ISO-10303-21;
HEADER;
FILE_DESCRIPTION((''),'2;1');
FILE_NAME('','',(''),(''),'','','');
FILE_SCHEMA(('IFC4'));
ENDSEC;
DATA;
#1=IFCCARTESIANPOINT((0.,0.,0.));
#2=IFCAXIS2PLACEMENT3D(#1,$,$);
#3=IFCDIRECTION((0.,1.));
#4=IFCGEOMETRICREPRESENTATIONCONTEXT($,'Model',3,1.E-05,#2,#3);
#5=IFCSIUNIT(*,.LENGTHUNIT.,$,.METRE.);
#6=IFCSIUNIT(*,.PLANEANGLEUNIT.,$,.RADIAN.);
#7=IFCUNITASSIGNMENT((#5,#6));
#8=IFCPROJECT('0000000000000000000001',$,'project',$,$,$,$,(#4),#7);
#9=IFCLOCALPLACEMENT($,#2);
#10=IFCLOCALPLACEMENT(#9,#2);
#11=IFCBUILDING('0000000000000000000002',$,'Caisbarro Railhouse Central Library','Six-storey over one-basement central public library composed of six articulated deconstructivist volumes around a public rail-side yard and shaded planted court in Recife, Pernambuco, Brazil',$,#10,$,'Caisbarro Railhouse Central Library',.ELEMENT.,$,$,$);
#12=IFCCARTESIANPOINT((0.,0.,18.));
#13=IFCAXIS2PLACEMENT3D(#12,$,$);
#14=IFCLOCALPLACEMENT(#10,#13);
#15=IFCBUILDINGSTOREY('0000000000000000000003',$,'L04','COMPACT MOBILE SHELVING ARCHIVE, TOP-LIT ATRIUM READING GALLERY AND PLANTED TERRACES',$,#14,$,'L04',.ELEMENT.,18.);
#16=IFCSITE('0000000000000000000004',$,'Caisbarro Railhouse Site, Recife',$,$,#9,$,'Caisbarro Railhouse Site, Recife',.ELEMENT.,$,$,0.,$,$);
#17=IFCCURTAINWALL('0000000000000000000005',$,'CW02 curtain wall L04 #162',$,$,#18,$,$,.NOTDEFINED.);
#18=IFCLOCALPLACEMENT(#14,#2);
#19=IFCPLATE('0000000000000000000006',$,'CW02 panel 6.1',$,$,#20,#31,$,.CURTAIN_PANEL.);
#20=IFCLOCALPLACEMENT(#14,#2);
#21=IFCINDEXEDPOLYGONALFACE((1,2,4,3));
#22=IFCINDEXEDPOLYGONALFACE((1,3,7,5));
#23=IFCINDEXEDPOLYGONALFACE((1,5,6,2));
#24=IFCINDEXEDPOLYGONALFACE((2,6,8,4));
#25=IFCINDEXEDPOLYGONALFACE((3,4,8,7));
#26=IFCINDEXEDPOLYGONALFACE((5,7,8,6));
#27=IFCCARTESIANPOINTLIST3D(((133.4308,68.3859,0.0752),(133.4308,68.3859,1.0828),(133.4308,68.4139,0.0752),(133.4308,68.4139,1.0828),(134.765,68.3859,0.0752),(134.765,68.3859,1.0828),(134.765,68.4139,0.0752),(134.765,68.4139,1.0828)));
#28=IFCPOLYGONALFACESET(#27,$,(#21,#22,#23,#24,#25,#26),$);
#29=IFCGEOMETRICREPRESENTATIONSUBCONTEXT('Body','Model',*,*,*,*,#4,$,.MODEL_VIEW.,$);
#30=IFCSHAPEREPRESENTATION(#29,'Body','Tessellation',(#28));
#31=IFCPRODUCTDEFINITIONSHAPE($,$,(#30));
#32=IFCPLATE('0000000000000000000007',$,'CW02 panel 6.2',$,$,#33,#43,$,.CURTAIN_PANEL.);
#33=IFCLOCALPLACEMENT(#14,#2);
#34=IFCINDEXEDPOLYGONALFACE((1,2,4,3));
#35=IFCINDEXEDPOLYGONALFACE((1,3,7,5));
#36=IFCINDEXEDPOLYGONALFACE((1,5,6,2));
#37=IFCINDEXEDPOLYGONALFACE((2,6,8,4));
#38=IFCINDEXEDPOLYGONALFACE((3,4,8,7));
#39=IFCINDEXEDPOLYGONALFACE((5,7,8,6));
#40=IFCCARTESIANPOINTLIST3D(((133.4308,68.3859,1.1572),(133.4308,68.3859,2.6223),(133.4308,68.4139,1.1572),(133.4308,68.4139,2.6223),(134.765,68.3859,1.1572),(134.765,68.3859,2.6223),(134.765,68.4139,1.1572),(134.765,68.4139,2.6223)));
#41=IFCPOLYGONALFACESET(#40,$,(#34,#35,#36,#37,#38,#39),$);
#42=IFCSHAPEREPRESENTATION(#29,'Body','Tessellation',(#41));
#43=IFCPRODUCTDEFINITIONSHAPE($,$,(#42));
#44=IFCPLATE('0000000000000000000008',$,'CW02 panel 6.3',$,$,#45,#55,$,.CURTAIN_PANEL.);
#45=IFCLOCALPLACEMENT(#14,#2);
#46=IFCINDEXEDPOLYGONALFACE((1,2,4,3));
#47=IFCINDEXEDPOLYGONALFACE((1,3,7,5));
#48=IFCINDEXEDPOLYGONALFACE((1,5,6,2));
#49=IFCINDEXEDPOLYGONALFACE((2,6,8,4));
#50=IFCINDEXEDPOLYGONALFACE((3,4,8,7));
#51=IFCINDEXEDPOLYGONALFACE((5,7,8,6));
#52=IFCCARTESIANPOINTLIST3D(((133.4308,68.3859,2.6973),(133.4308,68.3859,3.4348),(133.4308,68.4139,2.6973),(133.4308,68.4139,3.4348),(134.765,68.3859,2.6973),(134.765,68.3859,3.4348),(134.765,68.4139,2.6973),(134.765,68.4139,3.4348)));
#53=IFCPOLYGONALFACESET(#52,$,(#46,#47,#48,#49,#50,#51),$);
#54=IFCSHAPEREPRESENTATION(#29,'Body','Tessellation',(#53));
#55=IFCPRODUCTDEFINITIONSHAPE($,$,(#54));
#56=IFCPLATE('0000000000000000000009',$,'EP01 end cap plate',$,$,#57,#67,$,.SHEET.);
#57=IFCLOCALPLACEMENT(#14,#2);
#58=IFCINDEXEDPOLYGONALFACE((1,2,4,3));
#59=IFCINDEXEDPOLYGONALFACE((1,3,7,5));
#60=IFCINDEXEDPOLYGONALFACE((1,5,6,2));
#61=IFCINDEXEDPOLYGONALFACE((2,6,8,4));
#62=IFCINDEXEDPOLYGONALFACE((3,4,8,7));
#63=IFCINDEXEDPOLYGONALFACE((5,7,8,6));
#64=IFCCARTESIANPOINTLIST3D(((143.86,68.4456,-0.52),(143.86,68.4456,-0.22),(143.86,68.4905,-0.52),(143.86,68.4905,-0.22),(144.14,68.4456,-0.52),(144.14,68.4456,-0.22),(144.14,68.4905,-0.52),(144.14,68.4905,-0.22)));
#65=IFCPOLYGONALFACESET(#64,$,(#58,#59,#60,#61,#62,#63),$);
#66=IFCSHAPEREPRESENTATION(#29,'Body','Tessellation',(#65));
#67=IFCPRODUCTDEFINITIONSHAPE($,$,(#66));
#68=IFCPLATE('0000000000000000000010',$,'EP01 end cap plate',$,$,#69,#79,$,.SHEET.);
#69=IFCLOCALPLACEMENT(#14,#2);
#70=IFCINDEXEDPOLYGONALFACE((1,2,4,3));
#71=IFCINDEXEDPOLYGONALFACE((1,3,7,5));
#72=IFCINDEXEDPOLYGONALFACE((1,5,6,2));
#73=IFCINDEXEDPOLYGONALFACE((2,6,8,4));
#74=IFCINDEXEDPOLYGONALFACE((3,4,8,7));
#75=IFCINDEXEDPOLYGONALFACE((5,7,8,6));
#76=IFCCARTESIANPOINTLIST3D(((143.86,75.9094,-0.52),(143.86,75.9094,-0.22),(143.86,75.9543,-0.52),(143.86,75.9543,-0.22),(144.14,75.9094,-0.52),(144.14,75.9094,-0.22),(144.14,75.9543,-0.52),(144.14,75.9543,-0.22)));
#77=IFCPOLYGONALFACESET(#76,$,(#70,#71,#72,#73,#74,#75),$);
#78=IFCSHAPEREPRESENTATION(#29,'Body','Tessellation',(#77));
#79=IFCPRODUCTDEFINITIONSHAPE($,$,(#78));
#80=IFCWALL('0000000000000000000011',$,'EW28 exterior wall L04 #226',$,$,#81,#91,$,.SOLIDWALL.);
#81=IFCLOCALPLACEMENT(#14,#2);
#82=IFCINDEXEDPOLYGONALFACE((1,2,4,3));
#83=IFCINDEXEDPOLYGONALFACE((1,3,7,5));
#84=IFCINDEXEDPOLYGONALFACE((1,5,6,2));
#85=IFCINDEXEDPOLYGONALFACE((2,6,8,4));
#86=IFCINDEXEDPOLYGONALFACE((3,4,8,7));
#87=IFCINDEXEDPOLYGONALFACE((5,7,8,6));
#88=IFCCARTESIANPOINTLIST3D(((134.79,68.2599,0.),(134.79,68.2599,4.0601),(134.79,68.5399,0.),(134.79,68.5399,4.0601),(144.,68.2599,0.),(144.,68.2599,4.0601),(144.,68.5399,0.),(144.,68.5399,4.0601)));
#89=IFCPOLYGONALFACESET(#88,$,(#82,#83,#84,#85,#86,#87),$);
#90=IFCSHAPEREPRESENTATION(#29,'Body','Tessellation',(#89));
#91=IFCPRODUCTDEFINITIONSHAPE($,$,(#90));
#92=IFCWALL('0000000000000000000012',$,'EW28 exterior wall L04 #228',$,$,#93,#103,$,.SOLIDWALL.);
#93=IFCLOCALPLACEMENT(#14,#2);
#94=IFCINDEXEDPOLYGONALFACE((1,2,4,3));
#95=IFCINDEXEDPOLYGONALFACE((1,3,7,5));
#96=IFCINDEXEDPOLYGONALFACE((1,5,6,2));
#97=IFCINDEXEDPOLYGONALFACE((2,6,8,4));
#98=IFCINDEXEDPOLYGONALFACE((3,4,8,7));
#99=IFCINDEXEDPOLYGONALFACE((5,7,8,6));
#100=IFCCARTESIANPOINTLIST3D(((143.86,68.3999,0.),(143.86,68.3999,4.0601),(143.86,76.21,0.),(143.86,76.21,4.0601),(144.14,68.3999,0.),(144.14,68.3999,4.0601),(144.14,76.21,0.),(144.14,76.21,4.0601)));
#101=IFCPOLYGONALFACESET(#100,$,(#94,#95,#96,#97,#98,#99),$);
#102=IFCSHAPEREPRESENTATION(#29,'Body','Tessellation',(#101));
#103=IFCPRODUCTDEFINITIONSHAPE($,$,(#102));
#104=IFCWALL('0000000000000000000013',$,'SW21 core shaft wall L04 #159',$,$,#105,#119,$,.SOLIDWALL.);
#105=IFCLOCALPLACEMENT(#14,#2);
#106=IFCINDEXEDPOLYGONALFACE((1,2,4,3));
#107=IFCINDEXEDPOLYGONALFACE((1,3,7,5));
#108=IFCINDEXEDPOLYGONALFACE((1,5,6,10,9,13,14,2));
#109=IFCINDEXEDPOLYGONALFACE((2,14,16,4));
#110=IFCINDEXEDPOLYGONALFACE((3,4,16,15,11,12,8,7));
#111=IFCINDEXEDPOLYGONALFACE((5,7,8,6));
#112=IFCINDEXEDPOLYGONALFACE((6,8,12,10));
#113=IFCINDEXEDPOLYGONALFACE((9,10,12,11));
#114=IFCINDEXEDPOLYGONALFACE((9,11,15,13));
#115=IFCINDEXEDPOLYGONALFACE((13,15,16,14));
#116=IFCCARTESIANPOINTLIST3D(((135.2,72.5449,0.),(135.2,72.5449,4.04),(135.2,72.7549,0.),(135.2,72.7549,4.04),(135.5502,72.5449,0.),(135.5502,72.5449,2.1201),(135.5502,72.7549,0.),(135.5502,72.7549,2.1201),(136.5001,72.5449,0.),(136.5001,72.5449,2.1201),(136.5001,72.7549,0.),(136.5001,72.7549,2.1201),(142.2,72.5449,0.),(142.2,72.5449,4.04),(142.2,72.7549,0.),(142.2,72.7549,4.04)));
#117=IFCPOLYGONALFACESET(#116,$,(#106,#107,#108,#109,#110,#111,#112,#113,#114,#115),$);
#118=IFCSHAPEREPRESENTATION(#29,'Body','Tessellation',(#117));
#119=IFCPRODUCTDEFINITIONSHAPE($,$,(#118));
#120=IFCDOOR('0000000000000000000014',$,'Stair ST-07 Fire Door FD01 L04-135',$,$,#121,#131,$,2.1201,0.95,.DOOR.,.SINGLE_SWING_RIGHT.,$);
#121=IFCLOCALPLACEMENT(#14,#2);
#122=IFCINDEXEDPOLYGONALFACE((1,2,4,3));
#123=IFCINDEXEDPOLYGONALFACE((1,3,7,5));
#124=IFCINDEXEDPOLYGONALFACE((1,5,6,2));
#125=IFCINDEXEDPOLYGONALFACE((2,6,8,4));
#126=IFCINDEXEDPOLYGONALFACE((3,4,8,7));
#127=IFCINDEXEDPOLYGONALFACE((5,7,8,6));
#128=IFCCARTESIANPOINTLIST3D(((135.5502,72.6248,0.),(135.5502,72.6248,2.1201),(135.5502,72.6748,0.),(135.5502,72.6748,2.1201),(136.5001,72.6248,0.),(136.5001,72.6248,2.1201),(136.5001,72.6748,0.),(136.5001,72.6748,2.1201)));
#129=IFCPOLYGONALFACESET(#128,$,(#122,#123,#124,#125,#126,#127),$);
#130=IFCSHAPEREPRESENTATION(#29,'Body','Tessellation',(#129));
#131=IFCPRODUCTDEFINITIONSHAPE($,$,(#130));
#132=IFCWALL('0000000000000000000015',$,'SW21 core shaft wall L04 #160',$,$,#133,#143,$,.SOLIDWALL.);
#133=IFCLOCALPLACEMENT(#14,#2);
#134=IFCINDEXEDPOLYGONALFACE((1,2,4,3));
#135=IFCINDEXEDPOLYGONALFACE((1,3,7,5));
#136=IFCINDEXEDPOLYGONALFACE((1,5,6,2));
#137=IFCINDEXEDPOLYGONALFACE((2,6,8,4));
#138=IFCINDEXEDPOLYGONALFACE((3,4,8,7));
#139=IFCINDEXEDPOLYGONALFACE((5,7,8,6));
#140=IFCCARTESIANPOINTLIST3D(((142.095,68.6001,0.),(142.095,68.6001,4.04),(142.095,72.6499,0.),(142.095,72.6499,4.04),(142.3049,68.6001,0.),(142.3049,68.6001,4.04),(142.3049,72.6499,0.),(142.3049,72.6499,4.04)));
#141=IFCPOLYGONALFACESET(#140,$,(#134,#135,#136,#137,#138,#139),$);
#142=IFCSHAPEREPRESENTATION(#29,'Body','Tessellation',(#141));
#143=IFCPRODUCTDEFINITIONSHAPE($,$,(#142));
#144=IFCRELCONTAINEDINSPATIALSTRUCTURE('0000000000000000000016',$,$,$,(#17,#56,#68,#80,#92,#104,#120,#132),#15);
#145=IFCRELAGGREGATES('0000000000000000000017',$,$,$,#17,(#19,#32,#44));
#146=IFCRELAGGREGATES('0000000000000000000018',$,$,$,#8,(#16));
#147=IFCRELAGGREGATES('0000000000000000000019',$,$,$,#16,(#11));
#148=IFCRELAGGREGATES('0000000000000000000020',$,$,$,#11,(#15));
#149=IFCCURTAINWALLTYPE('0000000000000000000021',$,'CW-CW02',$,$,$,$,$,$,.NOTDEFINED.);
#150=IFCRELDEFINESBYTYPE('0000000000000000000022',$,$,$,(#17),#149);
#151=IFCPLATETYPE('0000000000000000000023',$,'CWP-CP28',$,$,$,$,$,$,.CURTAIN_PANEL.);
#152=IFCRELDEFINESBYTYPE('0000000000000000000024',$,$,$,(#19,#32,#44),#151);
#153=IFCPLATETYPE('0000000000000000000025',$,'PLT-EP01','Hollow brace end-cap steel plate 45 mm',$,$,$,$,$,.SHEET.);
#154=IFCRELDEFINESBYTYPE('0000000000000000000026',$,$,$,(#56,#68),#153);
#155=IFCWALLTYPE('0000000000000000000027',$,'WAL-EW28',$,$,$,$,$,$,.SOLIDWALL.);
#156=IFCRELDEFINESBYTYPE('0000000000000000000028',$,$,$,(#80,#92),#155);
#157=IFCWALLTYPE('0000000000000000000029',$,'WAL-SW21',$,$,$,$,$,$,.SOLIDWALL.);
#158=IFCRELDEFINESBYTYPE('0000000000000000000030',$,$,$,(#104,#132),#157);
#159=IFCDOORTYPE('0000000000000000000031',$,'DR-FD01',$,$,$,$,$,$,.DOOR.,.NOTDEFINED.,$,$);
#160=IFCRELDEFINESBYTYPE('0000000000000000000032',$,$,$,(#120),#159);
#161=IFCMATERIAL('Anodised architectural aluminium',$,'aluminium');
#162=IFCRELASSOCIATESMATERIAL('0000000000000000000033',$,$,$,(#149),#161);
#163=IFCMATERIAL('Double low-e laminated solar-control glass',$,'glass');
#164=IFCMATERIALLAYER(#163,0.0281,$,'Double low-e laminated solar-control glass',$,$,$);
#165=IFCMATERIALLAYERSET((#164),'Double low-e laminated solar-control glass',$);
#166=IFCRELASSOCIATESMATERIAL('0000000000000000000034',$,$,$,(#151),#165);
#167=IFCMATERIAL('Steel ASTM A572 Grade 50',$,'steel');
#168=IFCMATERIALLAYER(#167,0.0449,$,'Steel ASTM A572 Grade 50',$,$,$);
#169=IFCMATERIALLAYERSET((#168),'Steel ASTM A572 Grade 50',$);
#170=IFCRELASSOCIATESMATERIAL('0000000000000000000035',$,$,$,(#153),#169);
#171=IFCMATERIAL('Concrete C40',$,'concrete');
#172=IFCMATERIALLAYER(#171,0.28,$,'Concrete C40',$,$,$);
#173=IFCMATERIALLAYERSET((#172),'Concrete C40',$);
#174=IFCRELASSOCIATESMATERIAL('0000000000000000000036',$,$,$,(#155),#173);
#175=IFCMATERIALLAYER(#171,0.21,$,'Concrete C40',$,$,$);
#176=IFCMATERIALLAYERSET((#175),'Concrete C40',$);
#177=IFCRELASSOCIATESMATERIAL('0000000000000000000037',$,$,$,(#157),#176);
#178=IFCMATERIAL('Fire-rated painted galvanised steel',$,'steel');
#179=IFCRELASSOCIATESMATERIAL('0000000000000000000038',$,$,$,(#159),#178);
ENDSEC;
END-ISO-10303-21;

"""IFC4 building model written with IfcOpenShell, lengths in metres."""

from ifc_helpers import new_model, si_unit, direction, frame, frame_2d, origin, origin_2d, place, context, subcontext, project, spatial, rectangle, extrude, material, layer, layer_set, type_object, element, fill, aggregate, save


model = new_model("IFC4")

# Units and contexts
model_context = context("Model", 3, precision=1e-05, world=origin(), true_north=direction((0.0, 1.0)))
body_context = subcontext(model_context, "Body", "Model", "MODEL_VIEW")
ifc_project = project(units=[si_unit("LENGTHUNIT", "METRE"), si_unit("PLANEANGLEUNIT", "RADIAN")], contexts=[model_context])

# Site, building, storey
site_placement = place(None, origin())
site = spatial("IfcSite", under=ifc_project, at=site_placement, Name="Caisbarro Railhouse Site, Recife", LongName="Caisbarro Railhouse Site, Recife", CompositionType="ELEMENT", RefElevation=0.0)
building_placement = place(site_placement, origin())
building = spatial("IfcBuilding", under=site, at=building_placement, Name="Caisbarro Railhouse Central Library", Description="Six-storey over one-basement central public library composed of six articulated deconstructivist volumes around a public rail-side yard and shaded planted court in Recife, Pernambuco, Brazil", LongName="Caisbarro Railhouse Central Library", CompositionType="ELEMENT")
storey_placement = place(building_placement, frame((0.0, 0.0, 18.0)))
storey = spatial("IfcBuildingStorey", under=building, at=storey_placement, Name="L04", Description="COMPACT MOBILE SHELVING ARCHIVE, TOP-LIT ATRIUM READING GALLERY AND PLANTED TERRACES", LongName="L04", CompositionType="ELEMENT", Elevation=18.0)

# Shared definitions
ifc_material_1 = material(Name="Steel ASTM A572 Grade 50", Category="steel")

# Shared definitions
ifc_material_2 = material(Name="Concrete C40", Category="concrete")

# Curtain wall, plates
ifc_material_3 = material(Name="Anodised architectural aluminium", Category="aluminium")
curtain_wall_type = type_object("IfcCurtainWallType", Name="CW-CW02", PredefinedType="NOTDEFINED", material=ifc_material_3)
curtain_wall_placement = place(storey_placement, origin())
curtain_wall = element("IfcCurtainWall", 1, at=curtain_wall_placement, inside=storey, type_object=curtain_wall_type, Name="CW02 curtain wall L04 #162", PredefinedType="NOTDEFINED")
ifc_material_4 = material(Name="Double low-e laminated solar-control glass", Category="glass")
ifc_layer_1 = layer(ifc_material_4, 0.0281, Name="Double low-e laminated solar-control glass")
ifc_layer_set_1 = layer_set([ifc_layer_1], Name="Double low-e laminated solar-control glass")
plate_type_1 = type_object("IfcPlateType", Name="CWP-CP28", PredefinedType="CURTAIN_PANEL", material=ifc_layer_set_1)
plate_1_placement = place(storey_placement, frame((134.0979, 68.3999, 0.0752), z_axis=(0.0, 0.0, 1.0), x_axis=(1.0, 0.0, 0.0)))
plate_1 = element("IfcPlate", 2, at=plate_1_placement, type_object=plate_type_1, Name="CW02 panel 6.1", PredefinedType="CURTAIN_PANEL", context=body_context, shape_type="SweptSolid", body=[
    extrude(rectangle(XDim=1.3342, YDim=0.0281, at=origin_2d()), origin(), (0.0, 0.0, 1.0), 1.0076),
])
plate_2_placement = place(storey_placement, frame((134.0979, 68.3999, 1.1572), z_axis=(0.0, 0.0, 1.0), x_axis=(1.0, 0.0, 0.0)))
plate_2 = element("IfcPlate", 3, at=plate_2_placement, type_object=plate_type_1, Name="CW02 panel 6.2", PredefinedType="CURTAIN_PANEL", context=body_context, shape_type="SweptSolid", body=[
    extrude(rectangle(XDim=1.3342, YDim=0.0281, at=origin_2d()), origin(), (0.0, 0.0, 1.0), 1.4651),
])
plate_3_placement = place(storey_placement, frame((134.0979, 68.3999, 2.6973), z_axis=(0.0, 0.0, 1.0), x_axis=(1.0, 0.0, 0.0)))
plate_3 = element("IfcPlate", 4, at=plate_3_placement, type_object=plate_type_1, Name="CW02 panel 6.3", PredefinedType="CURTAIN_PANEL", context=body_context, shape_type="SweptSolid", body=[
    extrude(rectangle(XDim=1.3342, YDim=0.0281, at=origin_2d()), origin(), (0.0, 0.0, 1.0), 0.7375),
])
aggregate(curtain_wall, [plate_1, plate_2, plate_3])

# Plates
ifc_layer_2 = layer(ifc_material_1, 0.0449, Name="Steel ASTM A572 Grade 50")
ifc_layer_set_2 = layer_set([ifc_layer_2], Name="Steel ASTM A572 Grade 50")
plate_type_2 = type_object("IfcPlateType", Name="PLT-EP01", Description="Hollow brace end-cap steel plate 45 mm", PredefinedType="SHEET", material=ifc_layer_set_2)
for number, where, z_axis, x_axis, name in (
    (5, (144.0, 68.468, -0.52), (0.0, 0.0, 1.0), (0.0, 1.0, 0.0), "EP01 end cap plate"),
    (6, (144.0, 75.9319, -0.52), (0.0, 0.0, 1.0), (0.0, 1.0, 0.0), "EP01 end cap plate"),
):
    element("IfcPlate", number, at=place(storey_placement, frame(where, z_axis=z_axis, x_axis=x_axis)), inside=storey, type_object=plate_type_2, Name=name, PredefinedType="SHEET", context=body_context, shape_type="SweptSolid", body=[
        extrude(rectangle(XDim=0.0449, YDim=0.28, at=origin_2d()), origin(), (0.0, 0.0, 1.0), 0.3),
    ])

# Shared definitions
ifc_material_5 = material(Name="Fire-rated painted galvanised steel", Category="steel")

# Walls
ifc_layer_3 = layer(ifc_material_2, 0.28, Name="Concrete C40")
ifc_layer_set_3 = layer_set([ifc_layer_3], Name="Concrete C40")
wall_type_1 = type_object("IfcWallType", Name="WAL-EW28", PredefinedType="SOLIDWALL", material=ifc_layer_set_3)
wall_1_placement = place(storey_placement, frame((134.79, 68.3999, 0.0), z_axis=(0.0, 0.0, 1.0), x_axis=(1.0, 0.0, 0.0)))
element("IfcWall", 7, at=wall_1_placement, inside=storey, type_object=wall_type_1, Name="EW28 exterior wall L04 #226", PredefinedType="SOLIDWALL", context=body_context, shape_type="SweptSolid", body=[
    extrude(rectangle(XDim=9.21, YDim=0.28, at=frame_2d((4.605, 0.0))), origin(), (0.0, 0.0, 1.0), 4.0601),
])
wall_2_placement = place(storey_placement, frame((144.0, 68.3999, 0.0), z_axis=(0.0, 0.0, 1.0), x_axis=(0.0, 1.0, 0.0)))
element("IfcWall", 8, at=wall_2_placement, inside=storey, type_object=wall_type_1, Name="EW28 exterior wall L04 #228", PredefinedType="SOLIDWALL", context=body_context, shape_type="SweptSolid", body=[
    extrude(rectangle(XDim=7.8101, YDim=0.28, at=frame_2d((3.905, 0.0))), origin(), (0.0, 0.0, 1.0), 4.0601),
])

# Wall, opening, door
ifc_layer_4 = layer(ifc_material_2, 0.21, Name="Concrete C40")
ifc_layer_set_4 = layer_set([ifc_layer_4], Name="Concrete C40")
wall_type_2 = type_object("IfcWallType", Name="WAL-SW21", PredefinedType="SOLIDWALL", material=ifc_layer_set_4)
wall_3_placement = place(storey_placement, frame((135.2, 72.6499, 0.0), z_axis=(0.0, 0.0, 1.0), x_axis=(1.0, 0.0, 0.0)))
wall_3 = element("IfcWall", 9, at=wall_3_placement, inside=storey, type_object=wall_type_2, Name="SW21 core shaft wall L04 #159", PredefinedType="SOLIDWALL", context=body_context, shape_type="SweptSolid", body=[
    extrude(rectangle(XDim=7.0, YDim=0.21, at=frame_2d((3.5, 0.0))), origin(), (0.0, 0.0, 1.0), 4.04),
])
opening_1_placement = place(wall_3_placement, frame((0.3501, 0.0, 0.0)))
opening_1 = element("IfcOpeningElement", 10, at=opening_1_placement, cuts=wall_3, PredefinedType="OPENING", context=body_context, shape_type="SweptSolid", body=[
    extrude(rectangle(XDim=0.95, YDim=2.1201, at=frame_2d((0.4751, 1.0601))), frame((0.0, 0.115, 0.0), z_axis=(0.0, -1.0, 0.0), x_axis=(1.0, 0.0, 0.0)), (0.0, 0.0, 1.0), 0.23),
])
door_type_1 = type_object("IfcDoorType", Name="DR-FD01", OperationType="NOTDEFINED", PredefinedType="DOOR", material=ifc_material_5)
door_1_placement = place(opening_1_placement, origin())
door_1 = element("IfcDoor", 11, at=door_1_placement, inside=storey, type_object=door_type_1, Name="Stair ST-07 Fire Door FD01 L04-135", OperationType="SINGLE_SWING_RIGHT", OverallHeight=2.1201, OverallWidth=0.95, PredefinedType="DOOR", context=body_context, shape_type="SweptSolid", body=[
    extrude(rectangle(XDim=0.95, YDim=2.1201, at=frame_2d((0.4751, 1.0601))), frame((0.0, 0.0249, 0.0), z_axis=(0.0, -1.0, 0.0), x_axis=(1.0, 0.0, 0.0)), (0.0, 0.0, 1.0), 0.05),
])
fill(opening_1, door_1)

# Wall
wall_4_placement = place(storey_placement, frame((142.2, 68.6001, 0.0), z_axis=(0.0, 0.0, 1.0), x_axis=(0.0, 1.0, 0.0)))
element("IfcWall", 12, at=wall_4_placement, inside=storey, type_object=wall_type_2, Name="SW21 core shaft wall L04 #160", PredefinedType="SOLIDWALL", context=body_context, shape_type="SweptSolid", body=[
    extrude(rectangle(XDim=4.0498, YDim=0.21, at=frame_2d((2.0249, 0.0))), origin(), (0.0, 0.0, 1.0), 4.04),
])

save(model, "model.ifc")
